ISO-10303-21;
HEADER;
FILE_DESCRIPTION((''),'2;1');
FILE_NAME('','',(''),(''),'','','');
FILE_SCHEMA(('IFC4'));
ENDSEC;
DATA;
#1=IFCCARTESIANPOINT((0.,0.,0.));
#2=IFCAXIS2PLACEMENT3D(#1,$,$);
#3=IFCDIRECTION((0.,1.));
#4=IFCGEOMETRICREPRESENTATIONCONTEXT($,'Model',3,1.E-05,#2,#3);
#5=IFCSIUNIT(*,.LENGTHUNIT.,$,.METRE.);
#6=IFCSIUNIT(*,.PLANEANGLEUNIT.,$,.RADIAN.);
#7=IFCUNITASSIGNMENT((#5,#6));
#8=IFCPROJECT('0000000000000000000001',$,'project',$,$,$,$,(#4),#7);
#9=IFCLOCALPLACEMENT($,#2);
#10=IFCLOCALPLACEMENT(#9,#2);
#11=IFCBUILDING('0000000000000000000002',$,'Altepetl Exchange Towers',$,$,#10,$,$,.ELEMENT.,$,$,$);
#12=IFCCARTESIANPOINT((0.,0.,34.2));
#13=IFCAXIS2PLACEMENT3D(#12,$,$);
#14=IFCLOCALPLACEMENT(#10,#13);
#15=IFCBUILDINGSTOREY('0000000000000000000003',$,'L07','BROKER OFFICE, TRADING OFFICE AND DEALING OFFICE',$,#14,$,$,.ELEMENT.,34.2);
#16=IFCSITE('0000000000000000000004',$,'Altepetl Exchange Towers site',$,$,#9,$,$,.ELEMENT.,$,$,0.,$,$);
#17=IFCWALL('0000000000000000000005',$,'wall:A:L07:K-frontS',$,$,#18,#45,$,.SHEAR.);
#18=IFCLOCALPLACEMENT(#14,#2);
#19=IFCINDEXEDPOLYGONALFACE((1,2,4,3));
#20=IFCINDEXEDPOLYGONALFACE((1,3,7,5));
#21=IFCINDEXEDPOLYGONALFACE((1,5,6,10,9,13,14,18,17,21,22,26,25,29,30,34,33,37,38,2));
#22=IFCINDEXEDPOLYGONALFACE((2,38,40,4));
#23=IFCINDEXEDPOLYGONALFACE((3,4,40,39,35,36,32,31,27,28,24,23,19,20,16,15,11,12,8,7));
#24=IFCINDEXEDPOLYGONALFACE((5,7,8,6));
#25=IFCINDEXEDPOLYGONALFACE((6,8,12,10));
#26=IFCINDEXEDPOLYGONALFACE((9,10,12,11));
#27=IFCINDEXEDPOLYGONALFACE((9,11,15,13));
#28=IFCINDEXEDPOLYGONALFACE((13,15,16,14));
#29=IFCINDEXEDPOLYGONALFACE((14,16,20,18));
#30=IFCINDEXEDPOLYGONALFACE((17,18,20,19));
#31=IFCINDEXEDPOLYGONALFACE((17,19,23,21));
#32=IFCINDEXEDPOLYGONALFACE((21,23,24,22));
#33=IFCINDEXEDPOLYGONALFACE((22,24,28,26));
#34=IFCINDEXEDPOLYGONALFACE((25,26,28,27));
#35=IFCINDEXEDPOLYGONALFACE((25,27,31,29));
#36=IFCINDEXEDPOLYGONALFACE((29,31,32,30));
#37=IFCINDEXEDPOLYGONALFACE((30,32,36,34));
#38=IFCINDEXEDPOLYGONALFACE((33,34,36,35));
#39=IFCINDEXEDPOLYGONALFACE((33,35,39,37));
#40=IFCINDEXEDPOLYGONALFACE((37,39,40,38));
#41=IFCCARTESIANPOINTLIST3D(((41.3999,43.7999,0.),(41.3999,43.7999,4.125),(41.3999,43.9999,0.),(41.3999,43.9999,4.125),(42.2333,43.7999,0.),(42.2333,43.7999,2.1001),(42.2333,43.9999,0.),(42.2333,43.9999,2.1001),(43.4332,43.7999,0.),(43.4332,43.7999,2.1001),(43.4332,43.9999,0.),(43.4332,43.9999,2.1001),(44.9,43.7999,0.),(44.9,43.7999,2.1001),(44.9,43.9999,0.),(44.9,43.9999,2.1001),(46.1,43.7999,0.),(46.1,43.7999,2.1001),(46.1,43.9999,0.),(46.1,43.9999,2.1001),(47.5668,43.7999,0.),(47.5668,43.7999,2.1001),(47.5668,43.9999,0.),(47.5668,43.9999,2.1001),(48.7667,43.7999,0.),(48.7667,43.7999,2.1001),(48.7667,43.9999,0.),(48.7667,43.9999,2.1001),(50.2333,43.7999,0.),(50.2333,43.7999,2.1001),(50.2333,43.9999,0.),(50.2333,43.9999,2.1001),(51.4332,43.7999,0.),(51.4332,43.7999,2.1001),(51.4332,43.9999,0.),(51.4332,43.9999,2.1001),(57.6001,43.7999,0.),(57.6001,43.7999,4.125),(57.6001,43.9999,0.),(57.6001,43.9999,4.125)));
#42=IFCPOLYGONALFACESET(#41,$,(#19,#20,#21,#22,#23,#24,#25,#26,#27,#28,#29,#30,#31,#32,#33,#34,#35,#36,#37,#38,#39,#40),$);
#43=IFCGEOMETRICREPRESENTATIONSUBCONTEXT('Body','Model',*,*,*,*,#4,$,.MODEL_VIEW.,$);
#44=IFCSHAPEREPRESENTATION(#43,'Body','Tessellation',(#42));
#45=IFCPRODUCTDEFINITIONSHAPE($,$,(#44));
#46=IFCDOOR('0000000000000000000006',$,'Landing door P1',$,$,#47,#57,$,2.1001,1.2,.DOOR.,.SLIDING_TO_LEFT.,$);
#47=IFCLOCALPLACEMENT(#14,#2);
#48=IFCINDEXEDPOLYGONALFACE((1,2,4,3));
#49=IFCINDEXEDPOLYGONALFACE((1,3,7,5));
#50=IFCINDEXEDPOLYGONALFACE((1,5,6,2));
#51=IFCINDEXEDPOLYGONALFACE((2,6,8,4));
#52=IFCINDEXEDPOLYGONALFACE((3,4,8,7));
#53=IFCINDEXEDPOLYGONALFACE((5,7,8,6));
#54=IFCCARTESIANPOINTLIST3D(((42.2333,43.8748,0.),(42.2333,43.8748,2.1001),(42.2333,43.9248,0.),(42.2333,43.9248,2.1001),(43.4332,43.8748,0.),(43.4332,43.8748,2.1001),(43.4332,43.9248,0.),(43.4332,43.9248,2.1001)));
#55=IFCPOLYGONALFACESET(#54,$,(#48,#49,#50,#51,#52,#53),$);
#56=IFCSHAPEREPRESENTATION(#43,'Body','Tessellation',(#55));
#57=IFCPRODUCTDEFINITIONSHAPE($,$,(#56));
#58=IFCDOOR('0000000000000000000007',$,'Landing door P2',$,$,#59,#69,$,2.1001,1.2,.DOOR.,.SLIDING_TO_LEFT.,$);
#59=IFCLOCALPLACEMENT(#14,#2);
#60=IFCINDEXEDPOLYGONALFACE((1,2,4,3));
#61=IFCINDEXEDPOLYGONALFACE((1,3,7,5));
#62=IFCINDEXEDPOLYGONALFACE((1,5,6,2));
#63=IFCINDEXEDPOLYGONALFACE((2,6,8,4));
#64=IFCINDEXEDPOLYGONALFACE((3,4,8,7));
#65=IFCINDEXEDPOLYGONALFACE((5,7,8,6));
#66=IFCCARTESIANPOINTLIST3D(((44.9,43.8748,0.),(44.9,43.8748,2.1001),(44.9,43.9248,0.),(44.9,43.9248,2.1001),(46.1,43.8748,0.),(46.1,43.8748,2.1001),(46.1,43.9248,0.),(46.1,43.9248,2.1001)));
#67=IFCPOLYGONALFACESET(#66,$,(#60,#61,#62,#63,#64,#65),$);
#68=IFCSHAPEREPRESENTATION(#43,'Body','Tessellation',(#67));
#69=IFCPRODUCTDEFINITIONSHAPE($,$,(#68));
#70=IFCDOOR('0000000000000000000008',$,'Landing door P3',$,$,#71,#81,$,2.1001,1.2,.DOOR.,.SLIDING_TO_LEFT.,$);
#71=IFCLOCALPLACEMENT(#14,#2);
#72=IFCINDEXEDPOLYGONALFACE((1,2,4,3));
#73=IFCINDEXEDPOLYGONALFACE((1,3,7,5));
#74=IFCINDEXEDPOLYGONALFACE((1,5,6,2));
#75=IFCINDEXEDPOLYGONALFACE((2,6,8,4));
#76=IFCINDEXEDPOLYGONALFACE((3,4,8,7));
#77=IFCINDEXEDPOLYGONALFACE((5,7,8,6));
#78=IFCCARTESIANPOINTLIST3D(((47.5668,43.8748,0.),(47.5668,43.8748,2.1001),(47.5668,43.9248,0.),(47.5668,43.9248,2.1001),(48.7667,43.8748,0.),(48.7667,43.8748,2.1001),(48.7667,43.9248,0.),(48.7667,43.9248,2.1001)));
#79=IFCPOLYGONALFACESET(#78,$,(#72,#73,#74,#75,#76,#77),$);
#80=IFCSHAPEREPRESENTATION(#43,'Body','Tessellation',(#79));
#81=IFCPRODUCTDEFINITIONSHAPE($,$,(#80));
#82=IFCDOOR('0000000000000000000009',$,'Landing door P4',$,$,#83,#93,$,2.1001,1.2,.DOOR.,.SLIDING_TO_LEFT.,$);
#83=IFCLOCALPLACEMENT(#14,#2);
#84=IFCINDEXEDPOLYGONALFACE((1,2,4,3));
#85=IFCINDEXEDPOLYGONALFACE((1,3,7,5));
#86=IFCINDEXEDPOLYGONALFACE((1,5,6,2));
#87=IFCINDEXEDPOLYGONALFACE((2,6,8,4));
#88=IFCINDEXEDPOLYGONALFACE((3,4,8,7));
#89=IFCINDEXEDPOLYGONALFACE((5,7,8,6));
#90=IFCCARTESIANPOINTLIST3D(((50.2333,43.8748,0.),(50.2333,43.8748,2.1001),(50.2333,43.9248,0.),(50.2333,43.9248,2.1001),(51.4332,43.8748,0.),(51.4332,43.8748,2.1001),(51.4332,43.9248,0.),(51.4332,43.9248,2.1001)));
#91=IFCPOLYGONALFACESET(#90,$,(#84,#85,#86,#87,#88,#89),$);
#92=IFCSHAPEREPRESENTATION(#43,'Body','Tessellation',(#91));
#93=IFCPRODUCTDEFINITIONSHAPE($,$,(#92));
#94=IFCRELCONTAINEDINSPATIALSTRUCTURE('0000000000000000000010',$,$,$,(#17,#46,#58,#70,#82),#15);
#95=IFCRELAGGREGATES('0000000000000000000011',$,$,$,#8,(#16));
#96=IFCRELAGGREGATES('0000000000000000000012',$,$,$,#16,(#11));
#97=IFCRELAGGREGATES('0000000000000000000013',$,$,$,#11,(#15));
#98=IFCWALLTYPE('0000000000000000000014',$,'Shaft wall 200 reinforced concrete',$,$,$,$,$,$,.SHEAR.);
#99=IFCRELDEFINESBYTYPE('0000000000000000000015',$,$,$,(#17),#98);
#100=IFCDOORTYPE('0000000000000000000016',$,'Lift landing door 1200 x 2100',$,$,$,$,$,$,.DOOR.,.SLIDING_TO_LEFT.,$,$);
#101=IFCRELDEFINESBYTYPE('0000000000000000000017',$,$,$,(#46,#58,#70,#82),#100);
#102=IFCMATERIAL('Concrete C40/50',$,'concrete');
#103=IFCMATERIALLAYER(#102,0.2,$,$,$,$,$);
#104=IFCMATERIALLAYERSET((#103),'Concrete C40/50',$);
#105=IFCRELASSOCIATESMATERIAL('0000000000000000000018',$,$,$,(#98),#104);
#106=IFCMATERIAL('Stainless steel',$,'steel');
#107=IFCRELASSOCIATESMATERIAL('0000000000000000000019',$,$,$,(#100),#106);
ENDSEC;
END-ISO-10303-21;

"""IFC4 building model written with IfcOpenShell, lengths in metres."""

from ifc_helpers import new_model, si_unit, direction, frame, frame_2d, origin, place, context, subcontext, project, spatial, rectangle, extrude, material, layer, layer_set, type_object, element, fill, save


model = new_model("IFC4")

# Units and contexts
model_context = context("Model", 3, precision=1e-05, world=origin(), true_north=direction((0.0, 1.0)))
body_context = subcontext(model_context, "Body", "Model", "MODEL_VIEW")
ifc_project = project(units=[si_unit("LENGTHUNIT", "METRE"), si_unit("PLANEANGLEUNIT", "RADIAN")], contexts=[model_context])

# Site, building, storey
site_placement = place(None, origin())
site = spatial("IfcSite", under=ifc_project, at=site_placement, Name="Altepetl Exchange Towers site", CompositionType="ELEMENT", RefElevation=0.0)
building_placement = place(site_placement, origin())
building = spatial("IfcBuilding", under=site, at=building_placement, Name="Altepetl Exchange Towers", CompositionType="ELEMENT")
storey_placement = place(building_placement, frame((0.0, 0.0, 34.2)))
storey = spatial("IfcBuildingStorey", under=building, at=storey_placement, Name="L07", Description="BROKER OFFICE, TRADING OFFICE AND DEALING OFFICE", CompositionType="ELEMENT", Elevation=34.2)

# Wall, openings, doors
ifc_material_1 = material(Name="Concrete C40/50", Category="concrete")
ifc_layer_1 = layer(ifc_material_1, 0.2)
ifc_layer_set_1 = layer_set([ifc_layer_1], Name="Concrete C40/50")
wall_type_1 = type_object("IfcWallType", Name="Shaft wall 200 reinforced concrete", PredefinedType="SHEAR", material=ifc_layer_set_1)
wall_1_placement = place(storey_placement, frame((41.3999, 43.8999, 0.0)))
wall_1 = element("IfcWall", 1, at=wall_1_placement, inside=storey, type_object=wall_type_1, Name="wall:A:L07:K-frontS", PredefinedType="SHEAR", context=body_context, shape_type="SweptSolid", body=[
    extrude(rectangle(XDim=16.2002, YDim=0.2, at=frame_2d((8.1001, 0.0))), origin(), (0.0, 0.0, 1.0), 4.125),
])
opening_1_placement = place(wall_1_placement, frame((0.8333, 0.0, 0.0)))
opening_1 = element("IfcOpeningElement", 2, at=opening_1_placement, cuts=wall_1, PredefinedType="OPENING", context=body_context, shape_type="SweptSolid", body=[
    extrude(rectangle(XDim=1.2, YDim=2.1001, at=frame_2d((0.6001, 1.05))), frame((0.0, 0.1099, 0.0), z_axis=(0.0, -1.0, 0.0), x_axis=(1.0, 0.0, 0.0)), (0.0, 0.0, 1.0), 0.22),
])
opening_2_placement = place(wall_1_placement, frame((3.5, 0.0, 0.0)))
opening_2 = element("IfcOpeningElement", 3, at=opening_2_placement, cuts=wall_1, PredefinedType="OPENING", context=body_context, shape_type="SweptSolid", body=[
    extrude(rectangle(XDim=1.2, YDim=2.1001, at=frame_2d((0.6001, 1.05))), frame((0.0, 0.1099, 0.0), z_axis=(0.0, -1.0, 0.0), x_axis=(1.0, 0.0, 0.0)), (0.0, 0.0, 1.0), 0.22),
])
opening_3_placement = place(wall_1_placement, frame((6.1667, 0.0, 0.0)))
opening_3 = element("IfcOpeningElement", 4, at=opening_3_placement, cuts=wall_1, PredefinedType="OPENING", context=body_context, shape_type="SweptSolid", body=[
    extrude(rectangle(XDim=1.2, YDim=2.1001, at=frame_2d((0.6001, 1.05))), frame((0.0, 0.1099, 0.0), z_axis=(0.0, -1.0, 0.0), x_axis=(1.0, 0.0, 0.0)), (0.0, 0.0, 1.0), 0.22),
])
opening_4_placement = place(wall_1_placement, frame((8.8333, 0.0, 0.0)))
opening_4 = element("IfcOpeningElement", 5, at=opening_4_placement, cuts=wall_1, PredefinedType="OPENING", context=body_context, shape_type="SweptSolid", body=[
    extrude(rectangle(XDim=1.2, YDim=2.1001, at=frame_2d((0.6001, 1.05))), frame((0.0, 0.1099, 0.0), z_axis=(0.0, -1.0, 0.0), x_axis=(1.0, 0.0, 0.0)), (0.0, 0.0, 1.0), 0.22),
])
ifc_material_2 = material(Name="Stainless steel", Category="steel")
door_type_1 = type_object("IfcDoorType", Name="Lift landing door 1200 x 2100", OperationType="SLIDING_TO_LEFT", PredefinedType="DOOR", material=ifc_material_2)
door_1_placement = place(opening_1_placement, origin())
door_1 = element("IfcDoor", 6, at=door_1_placement, inside=storey, type_object=door_type_1, Name="Landing door P1", OperationType="SLIDING_TO_LEFT", OverallHeight=2.1001, OverallWidth=1.2, PredefinedType="DOOR", context=body_context, shape_type="SweptSolid", body=[
    extrude(rectangle(XDim=1.2, YDim=2.1001, at=frame_2d((0.6001, 1.05))), frame((0.0, 0.0249, 0.0), z_axis=(0.0, -1.0, 0.0), x_axis=(1.0, 0.0, 0.0)), (0.0, 0.0, 1.0), 0.05),
])
fill(opening_1, door_1)
door_2_placement = place(opening_2_placement, origin())
door_2 = element("IfcDoor", 7, at=door_2_placement, inside=storey, type_object=door_type_1, Name="Landing door P2", OperationType="SLIDING_TO_LEFT", OverallHeight=2.1001, OverallWidth=1.2, PredefinedType="DOOR", context=body_context, shape_type="SweptSolid", body=[
    extrude(rectangle(XDim=1.2, YDim=2.1001, at=frame_2d((0.6001, 1.05))), frame((0.0, 0.0249, 0.0), z_axis=(0.0, -1.0, 0.0), x_axis=(1.0, 0.0, 0.0)), (0.0, 0.0, 1.0), 0.05),
])
fill(opening_2, door_2)
door_3_placement = place(opening_3_placement, origin())
door_3 = element("IfcDoor", 8, at=door_3_placement, inside=storey, type_object=door_type_1, Name="Landing door P3", OperationType="SLIDING_TO_LEFT", OverallHeight=2.1001, OverallWidth=1.2, PredefinedType="DOOR", context=body_context, shape_type="SweptSolid", body=[
    extrude(rectangle(XDim=1.2, YDim=2.1001, at=frame_2d((0.6001, 1.05))), frame((0.0, 0.0249, 0.0), z_axis=(0.0, -1.0, 0.0), x_axis=(1.0, 0.0, 0.0)), (0.0, 0.0, 1.0), 0.05),
])
fill(opening_3, door_3)
door_4_placement = place(opening_4_placement, origin())
door_4 = element("IfcDoor", 9, at=door_4_placement, inside=storey, type_object=door_type_1, Name="Landing door P4", OperationType="SLIDING_TO_LEFT", OverallHeight=2.1001, OverallWidth=1.2, PredefinedType="DOOR", context=body_context, shape_type="SweptSolid", body=[
    extrude(rectangle(XDim=1.2, YDim=2.1001, at=frame_2d((0.6001, 1.05))), frame((0.0, 0.0249, 0.0), z_axis=(0.0, -1.0, 0.0), x_axis=(1.0, 0.0, 0.0)), (0.0, 0.0, 1.0), 0.05),
])
fill(opening_4, door_4)

save(model, "model.ifc")
